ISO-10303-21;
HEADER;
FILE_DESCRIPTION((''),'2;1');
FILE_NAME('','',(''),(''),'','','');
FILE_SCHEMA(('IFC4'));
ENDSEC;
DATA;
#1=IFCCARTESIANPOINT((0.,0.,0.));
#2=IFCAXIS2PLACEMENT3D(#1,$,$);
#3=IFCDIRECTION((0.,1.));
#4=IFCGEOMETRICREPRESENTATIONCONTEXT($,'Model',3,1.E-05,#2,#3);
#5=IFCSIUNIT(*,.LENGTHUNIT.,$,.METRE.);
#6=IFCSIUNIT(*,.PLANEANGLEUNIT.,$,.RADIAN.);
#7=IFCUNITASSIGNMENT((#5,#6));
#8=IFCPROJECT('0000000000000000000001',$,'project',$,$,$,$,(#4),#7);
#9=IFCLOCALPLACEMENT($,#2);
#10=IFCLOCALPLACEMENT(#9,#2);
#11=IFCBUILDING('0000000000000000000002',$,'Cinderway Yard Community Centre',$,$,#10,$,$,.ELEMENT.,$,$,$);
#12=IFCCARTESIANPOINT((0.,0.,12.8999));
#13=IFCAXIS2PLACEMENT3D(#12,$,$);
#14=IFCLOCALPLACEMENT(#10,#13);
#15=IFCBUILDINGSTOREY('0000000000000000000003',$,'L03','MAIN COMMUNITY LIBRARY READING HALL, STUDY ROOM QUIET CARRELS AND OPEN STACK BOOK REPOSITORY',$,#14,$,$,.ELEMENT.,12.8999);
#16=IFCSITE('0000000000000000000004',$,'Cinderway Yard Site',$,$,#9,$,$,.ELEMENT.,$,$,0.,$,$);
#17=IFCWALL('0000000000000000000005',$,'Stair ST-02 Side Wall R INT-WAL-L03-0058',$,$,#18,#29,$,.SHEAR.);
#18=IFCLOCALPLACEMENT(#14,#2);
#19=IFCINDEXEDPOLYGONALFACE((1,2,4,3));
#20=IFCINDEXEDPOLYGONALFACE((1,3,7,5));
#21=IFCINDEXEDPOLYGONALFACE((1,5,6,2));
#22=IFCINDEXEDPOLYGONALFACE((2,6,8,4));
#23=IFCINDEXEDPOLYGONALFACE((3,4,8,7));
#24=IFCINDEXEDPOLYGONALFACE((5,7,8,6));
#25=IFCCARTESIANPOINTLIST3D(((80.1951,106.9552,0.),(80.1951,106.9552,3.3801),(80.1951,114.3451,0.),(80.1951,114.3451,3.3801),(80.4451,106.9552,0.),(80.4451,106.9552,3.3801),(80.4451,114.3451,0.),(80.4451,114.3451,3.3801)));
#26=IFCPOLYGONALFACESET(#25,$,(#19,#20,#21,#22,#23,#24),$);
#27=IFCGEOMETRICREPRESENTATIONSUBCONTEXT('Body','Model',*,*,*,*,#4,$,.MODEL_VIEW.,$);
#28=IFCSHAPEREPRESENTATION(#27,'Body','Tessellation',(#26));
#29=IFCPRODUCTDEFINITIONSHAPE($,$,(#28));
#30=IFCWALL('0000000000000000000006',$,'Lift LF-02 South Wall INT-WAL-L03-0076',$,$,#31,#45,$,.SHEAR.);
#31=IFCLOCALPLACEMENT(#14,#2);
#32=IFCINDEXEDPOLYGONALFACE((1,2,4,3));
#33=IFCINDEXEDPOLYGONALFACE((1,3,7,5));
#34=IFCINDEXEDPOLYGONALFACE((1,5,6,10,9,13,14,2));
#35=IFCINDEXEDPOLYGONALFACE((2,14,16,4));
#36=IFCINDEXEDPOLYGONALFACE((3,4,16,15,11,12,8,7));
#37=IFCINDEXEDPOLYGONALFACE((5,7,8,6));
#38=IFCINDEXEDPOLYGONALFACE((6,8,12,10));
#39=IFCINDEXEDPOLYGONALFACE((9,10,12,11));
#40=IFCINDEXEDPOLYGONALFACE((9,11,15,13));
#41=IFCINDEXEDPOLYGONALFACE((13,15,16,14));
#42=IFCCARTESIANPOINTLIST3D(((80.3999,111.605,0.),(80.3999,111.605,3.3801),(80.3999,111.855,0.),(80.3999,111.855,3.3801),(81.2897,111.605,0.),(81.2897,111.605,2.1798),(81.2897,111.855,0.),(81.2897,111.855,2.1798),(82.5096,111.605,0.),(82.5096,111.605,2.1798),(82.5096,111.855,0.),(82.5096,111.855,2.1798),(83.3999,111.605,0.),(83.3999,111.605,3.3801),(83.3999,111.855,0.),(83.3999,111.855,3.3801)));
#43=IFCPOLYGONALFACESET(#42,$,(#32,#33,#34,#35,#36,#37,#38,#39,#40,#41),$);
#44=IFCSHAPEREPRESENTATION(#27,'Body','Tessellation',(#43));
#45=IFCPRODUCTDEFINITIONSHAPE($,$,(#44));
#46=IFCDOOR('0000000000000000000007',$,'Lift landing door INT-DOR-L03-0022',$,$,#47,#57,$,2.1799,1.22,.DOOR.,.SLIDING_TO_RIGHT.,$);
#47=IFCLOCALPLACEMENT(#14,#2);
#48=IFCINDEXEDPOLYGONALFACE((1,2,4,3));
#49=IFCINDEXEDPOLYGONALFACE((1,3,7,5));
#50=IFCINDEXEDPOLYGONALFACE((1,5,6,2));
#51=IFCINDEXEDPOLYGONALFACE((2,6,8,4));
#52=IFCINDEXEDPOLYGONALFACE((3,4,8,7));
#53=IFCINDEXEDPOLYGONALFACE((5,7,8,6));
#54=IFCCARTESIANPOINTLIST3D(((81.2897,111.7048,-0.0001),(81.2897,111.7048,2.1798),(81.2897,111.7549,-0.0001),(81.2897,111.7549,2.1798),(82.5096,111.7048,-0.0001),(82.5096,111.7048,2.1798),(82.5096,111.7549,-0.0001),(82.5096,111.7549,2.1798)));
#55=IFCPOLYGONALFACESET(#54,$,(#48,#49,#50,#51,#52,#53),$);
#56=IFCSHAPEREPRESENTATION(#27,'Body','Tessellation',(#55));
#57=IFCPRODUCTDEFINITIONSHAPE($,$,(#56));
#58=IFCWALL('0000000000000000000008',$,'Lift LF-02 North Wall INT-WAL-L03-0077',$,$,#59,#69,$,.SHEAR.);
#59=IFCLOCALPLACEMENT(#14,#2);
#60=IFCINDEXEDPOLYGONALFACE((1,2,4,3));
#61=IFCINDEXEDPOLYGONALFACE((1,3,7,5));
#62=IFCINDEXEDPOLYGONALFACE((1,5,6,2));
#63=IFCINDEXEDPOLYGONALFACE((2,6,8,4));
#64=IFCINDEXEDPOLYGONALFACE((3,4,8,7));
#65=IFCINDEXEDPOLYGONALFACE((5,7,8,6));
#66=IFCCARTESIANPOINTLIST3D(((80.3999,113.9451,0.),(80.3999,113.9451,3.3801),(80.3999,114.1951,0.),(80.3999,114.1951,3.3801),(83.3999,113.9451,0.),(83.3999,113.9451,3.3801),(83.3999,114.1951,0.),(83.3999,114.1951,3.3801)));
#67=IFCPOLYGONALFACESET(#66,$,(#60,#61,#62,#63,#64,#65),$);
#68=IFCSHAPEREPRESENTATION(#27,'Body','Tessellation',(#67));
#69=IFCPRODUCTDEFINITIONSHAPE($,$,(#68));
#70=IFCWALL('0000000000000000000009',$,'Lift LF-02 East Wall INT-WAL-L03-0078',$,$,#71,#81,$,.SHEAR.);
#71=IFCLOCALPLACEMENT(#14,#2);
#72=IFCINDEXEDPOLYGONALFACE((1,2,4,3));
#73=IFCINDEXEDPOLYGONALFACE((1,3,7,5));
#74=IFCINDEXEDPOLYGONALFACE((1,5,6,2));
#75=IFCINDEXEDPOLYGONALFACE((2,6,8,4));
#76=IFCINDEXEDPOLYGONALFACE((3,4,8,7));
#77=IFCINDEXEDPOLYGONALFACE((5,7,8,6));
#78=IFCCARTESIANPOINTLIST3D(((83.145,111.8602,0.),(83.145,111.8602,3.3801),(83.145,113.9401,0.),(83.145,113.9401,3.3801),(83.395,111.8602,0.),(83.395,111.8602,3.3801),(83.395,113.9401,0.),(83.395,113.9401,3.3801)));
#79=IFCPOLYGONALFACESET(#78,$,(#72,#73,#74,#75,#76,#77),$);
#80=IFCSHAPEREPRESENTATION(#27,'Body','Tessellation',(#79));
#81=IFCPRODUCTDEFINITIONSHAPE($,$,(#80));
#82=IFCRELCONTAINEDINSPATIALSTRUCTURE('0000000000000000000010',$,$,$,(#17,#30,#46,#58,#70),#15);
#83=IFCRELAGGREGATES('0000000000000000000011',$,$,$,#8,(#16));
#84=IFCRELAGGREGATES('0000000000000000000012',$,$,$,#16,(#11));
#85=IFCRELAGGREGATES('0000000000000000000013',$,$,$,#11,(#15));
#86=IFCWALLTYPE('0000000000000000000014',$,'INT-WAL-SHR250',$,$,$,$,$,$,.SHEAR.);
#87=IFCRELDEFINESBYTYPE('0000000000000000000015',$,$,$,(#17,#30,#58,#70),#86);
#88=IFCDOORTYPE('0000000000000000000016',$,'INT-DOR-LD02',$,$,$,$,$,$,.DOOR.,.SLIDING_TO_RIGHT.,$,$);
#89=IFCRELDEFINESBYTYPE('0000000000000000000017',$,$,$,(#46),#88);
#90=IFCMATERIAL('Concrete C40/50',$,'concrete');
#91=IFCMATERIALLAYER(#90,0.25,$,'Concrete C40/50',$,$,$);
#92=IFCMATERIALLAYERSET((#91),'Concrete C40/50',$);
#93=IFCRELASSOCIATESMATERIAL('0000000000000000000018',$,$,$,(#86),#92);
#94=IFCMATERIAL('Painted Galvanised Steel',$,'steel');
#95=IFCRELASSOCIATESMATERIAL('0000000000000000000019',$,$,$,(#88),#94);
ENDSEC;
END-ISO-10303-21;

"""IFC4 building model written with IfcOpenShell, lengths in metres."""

from ifc_helpers import new_model, si_unit, direction, frame, frame_2d, origin, place, context, subcontext, project, spatial, rectangle, extrude, material, layer, layer_set, type_object, element, fill, save


model = new_model("IFC4")

# Units and contexts
model_context = context("Model", 3, precision=1e-05, world=origin(), true_north=direction((0.0, 1.0)))
body_context = subcontext(model_context, "Body", "Model", "MODEL_VIEW")
ifc_project = project(units=[si_unit("LENGTHUNIT", "METRE"), si_unit("PLANEANGLEUNIT", "RADIAN")], contexts=[model_context])

# Site, building, storey
site_placement = place(None, origin())
site = spatial("IfcSite", under=ifc_project, at=site_placement, Name="Cinderway Yard Site", CompositionType="ELEMENT", RefElevation=0.0)
building_placement = place(site_placement, origin())
building = spatial("IfcBuilding", under=site, at=building_placement, Name="Cinderway Yard Community Centre", CompositionType="ELEMENT")
storey_placement = place(building_placement, frame((0.0, 0.0, 12.8999)))
storey = spatial("IfcBuildingStorey", under=building, at=storey_placement, Name="L03", Description="MAIN COMMUNITY LIBRARY READING HALL, STUDY ROOM QUIET CARRELS AND OPEN STACK BOOK REPOSITORY", CompositionType="ELEMENT", Elevation=12.8999)

# Shared definitions
ifc_material_1 = material(Name="Concrete C40/50", Category="concrete")

# Wall
ifc_layer_1 = layer(ifc_material_1, 0.25, Name="Concrete C40/50")
ifc_layer_set_1 = layer_set([ifc_layer_1], Name="Concrete C40/50")
wall_type_1 = type_object("IfcWallType", Name="INT-WAL-SHR250", PredefinedType="SHEAR", material=ifc_layer_set_1)
wall_1_placement = place(storey_placement, frame((80.3201, 114.345, 0.0), z_axis=(0.0, 0.0, 1.0), x_axis=(0.0, -1.0, 0.0)))
element("IfcWall", 1, at=wall_1_placement, inside=storey, type_object=wall_type_1, Name="Stair ST-02 Side Wall R INT-WAL-L03-0058", PredefinedType="SHEAR", context=body_context, shape_type="SweptSolid", body=[
    extrude(rectangle(XDim=7.3899, YDim=0.25, at=frame_2d((3.6948, 0.0))), origin(), (0.0, 0.0, 1.0), 3.3801),
])

# Wall, opening, door
wall_2_placement = place(storey_placement, frame((80.3999, 111.73, 0.0), z_axis=(0.0, 0.0, 1.0), x_axis=(1.0, 0.0, 0.0)))
wall_2 = element("IfcWall", 2, at=wall_2_placement, inside=storey, type_object=wall_type_1, Name="Lift LF-02 South Wall INT-WAL-L03-0076", PredefinedType="SHEAR", context=body_context, shape_type="SweptSolid", body=[
    extrude(rectangle(XDim=3.0, YDim=0.25, at=frame_2d((1.5, 0.0))), origin(), (0.0, 0.0, 1.0), 3.3801),
])
opening_placement = place(wall_2_placement, frame((0.8899, 0.0, 0.0)))
opening = element("IfcOpeningElement", 3, at=opening_placement, cuts=wall_2, PredefinedType="OPENING", context=body_context, shape_type="SweptSolid", body=[
    extrude(rectangle(XDim=1.22, YDim=2.1799, at=frame_2d((0.6099, 1.0898))), frame((0.0, 0.135, 0.0), z_axis=(0.0, -1.0, 0.0), x_axis=(1.0, 0.0, 0.0)), (0.0, 0.0, 1.0), 0.27),
])
ifc_material_2 = material(Name="Painted Galvanised Steel", Category="steel")
door_type = type_object("IfcDoorType", Name="INT-DOR-LD02", OperationType="SLIDING_TO_RIGHT", PredefinedType="DOOR", material=ifc_material_2)
door_placement = place(opening_placement, origin())
door = element("IfcDoor", 4, at=door_placement, inside=storey, type_object=door_type, Name="Lift landing door INT-DOR-L03-0022", OperationType="SLIDING_TO_RIGHT", OverallHeight=2.1799, OverallWidth=1.22, PredefinedType="DOOR", context=body_context, shape_type="SweptSolid", body=[
    extrude(rectangle(XDim=1.22, YDim=2.1799, at=frame_2d((0.6099, 1.0898))), frame((0.0, 0.0249, 0.0), z_axis=(0.0, -1.0, 0.0), x_axis=(1.0, 0.0, 0.0)), (0.0, 0.0, 1.0), 0.05),
])
fill(opening, door)

# Walls
wall_3_placement = place(storey_placement, frame((83.3999, 114.0701, 0.0), z_axis=(0.0, 0.0, 1.0), x_axis=(-1.0, 0.0, 0.0)))
element("IfcWall", 5, at=wall_3_placement, inside=storey, type_object=wall_type_1, Name="Lift LF-02 North Wall INT-WAL-L03-0077", PredefinedType="SHEAR", context=body_context, shape_type="SweptSolid", body=[
    extrude(rectangle(XDim=3.0, YDim=0.25, at=frame_2d((1.5, 0.0))), origin(), (0.0, 0.0, 1.0), 3.3801),
])
wall_4_placement = place(storey_placement, frame((83.27, 111.8601, 0.0), z_axis=(0.0, 0.0, 1.0), x_axis=(0.0, 1.0, 0.0)))
element("IfcWall", 6, at=wall_4_placement, inside=storey, type_object=wall_type_1, Name="Lift LF-02 East Wall INT-WAL-L03-0078", PredefinedType="SHEAR", context=body_context, shape_type="SweptSolid", body=[
    extrude(rectangle(XDim=2.0798, YDim=0.25, at=frame_2d((1.04, 0.0))), origin(), (0.0, 0.0, 1.0), 3.3801),
])

save(model, "model.ifc")
